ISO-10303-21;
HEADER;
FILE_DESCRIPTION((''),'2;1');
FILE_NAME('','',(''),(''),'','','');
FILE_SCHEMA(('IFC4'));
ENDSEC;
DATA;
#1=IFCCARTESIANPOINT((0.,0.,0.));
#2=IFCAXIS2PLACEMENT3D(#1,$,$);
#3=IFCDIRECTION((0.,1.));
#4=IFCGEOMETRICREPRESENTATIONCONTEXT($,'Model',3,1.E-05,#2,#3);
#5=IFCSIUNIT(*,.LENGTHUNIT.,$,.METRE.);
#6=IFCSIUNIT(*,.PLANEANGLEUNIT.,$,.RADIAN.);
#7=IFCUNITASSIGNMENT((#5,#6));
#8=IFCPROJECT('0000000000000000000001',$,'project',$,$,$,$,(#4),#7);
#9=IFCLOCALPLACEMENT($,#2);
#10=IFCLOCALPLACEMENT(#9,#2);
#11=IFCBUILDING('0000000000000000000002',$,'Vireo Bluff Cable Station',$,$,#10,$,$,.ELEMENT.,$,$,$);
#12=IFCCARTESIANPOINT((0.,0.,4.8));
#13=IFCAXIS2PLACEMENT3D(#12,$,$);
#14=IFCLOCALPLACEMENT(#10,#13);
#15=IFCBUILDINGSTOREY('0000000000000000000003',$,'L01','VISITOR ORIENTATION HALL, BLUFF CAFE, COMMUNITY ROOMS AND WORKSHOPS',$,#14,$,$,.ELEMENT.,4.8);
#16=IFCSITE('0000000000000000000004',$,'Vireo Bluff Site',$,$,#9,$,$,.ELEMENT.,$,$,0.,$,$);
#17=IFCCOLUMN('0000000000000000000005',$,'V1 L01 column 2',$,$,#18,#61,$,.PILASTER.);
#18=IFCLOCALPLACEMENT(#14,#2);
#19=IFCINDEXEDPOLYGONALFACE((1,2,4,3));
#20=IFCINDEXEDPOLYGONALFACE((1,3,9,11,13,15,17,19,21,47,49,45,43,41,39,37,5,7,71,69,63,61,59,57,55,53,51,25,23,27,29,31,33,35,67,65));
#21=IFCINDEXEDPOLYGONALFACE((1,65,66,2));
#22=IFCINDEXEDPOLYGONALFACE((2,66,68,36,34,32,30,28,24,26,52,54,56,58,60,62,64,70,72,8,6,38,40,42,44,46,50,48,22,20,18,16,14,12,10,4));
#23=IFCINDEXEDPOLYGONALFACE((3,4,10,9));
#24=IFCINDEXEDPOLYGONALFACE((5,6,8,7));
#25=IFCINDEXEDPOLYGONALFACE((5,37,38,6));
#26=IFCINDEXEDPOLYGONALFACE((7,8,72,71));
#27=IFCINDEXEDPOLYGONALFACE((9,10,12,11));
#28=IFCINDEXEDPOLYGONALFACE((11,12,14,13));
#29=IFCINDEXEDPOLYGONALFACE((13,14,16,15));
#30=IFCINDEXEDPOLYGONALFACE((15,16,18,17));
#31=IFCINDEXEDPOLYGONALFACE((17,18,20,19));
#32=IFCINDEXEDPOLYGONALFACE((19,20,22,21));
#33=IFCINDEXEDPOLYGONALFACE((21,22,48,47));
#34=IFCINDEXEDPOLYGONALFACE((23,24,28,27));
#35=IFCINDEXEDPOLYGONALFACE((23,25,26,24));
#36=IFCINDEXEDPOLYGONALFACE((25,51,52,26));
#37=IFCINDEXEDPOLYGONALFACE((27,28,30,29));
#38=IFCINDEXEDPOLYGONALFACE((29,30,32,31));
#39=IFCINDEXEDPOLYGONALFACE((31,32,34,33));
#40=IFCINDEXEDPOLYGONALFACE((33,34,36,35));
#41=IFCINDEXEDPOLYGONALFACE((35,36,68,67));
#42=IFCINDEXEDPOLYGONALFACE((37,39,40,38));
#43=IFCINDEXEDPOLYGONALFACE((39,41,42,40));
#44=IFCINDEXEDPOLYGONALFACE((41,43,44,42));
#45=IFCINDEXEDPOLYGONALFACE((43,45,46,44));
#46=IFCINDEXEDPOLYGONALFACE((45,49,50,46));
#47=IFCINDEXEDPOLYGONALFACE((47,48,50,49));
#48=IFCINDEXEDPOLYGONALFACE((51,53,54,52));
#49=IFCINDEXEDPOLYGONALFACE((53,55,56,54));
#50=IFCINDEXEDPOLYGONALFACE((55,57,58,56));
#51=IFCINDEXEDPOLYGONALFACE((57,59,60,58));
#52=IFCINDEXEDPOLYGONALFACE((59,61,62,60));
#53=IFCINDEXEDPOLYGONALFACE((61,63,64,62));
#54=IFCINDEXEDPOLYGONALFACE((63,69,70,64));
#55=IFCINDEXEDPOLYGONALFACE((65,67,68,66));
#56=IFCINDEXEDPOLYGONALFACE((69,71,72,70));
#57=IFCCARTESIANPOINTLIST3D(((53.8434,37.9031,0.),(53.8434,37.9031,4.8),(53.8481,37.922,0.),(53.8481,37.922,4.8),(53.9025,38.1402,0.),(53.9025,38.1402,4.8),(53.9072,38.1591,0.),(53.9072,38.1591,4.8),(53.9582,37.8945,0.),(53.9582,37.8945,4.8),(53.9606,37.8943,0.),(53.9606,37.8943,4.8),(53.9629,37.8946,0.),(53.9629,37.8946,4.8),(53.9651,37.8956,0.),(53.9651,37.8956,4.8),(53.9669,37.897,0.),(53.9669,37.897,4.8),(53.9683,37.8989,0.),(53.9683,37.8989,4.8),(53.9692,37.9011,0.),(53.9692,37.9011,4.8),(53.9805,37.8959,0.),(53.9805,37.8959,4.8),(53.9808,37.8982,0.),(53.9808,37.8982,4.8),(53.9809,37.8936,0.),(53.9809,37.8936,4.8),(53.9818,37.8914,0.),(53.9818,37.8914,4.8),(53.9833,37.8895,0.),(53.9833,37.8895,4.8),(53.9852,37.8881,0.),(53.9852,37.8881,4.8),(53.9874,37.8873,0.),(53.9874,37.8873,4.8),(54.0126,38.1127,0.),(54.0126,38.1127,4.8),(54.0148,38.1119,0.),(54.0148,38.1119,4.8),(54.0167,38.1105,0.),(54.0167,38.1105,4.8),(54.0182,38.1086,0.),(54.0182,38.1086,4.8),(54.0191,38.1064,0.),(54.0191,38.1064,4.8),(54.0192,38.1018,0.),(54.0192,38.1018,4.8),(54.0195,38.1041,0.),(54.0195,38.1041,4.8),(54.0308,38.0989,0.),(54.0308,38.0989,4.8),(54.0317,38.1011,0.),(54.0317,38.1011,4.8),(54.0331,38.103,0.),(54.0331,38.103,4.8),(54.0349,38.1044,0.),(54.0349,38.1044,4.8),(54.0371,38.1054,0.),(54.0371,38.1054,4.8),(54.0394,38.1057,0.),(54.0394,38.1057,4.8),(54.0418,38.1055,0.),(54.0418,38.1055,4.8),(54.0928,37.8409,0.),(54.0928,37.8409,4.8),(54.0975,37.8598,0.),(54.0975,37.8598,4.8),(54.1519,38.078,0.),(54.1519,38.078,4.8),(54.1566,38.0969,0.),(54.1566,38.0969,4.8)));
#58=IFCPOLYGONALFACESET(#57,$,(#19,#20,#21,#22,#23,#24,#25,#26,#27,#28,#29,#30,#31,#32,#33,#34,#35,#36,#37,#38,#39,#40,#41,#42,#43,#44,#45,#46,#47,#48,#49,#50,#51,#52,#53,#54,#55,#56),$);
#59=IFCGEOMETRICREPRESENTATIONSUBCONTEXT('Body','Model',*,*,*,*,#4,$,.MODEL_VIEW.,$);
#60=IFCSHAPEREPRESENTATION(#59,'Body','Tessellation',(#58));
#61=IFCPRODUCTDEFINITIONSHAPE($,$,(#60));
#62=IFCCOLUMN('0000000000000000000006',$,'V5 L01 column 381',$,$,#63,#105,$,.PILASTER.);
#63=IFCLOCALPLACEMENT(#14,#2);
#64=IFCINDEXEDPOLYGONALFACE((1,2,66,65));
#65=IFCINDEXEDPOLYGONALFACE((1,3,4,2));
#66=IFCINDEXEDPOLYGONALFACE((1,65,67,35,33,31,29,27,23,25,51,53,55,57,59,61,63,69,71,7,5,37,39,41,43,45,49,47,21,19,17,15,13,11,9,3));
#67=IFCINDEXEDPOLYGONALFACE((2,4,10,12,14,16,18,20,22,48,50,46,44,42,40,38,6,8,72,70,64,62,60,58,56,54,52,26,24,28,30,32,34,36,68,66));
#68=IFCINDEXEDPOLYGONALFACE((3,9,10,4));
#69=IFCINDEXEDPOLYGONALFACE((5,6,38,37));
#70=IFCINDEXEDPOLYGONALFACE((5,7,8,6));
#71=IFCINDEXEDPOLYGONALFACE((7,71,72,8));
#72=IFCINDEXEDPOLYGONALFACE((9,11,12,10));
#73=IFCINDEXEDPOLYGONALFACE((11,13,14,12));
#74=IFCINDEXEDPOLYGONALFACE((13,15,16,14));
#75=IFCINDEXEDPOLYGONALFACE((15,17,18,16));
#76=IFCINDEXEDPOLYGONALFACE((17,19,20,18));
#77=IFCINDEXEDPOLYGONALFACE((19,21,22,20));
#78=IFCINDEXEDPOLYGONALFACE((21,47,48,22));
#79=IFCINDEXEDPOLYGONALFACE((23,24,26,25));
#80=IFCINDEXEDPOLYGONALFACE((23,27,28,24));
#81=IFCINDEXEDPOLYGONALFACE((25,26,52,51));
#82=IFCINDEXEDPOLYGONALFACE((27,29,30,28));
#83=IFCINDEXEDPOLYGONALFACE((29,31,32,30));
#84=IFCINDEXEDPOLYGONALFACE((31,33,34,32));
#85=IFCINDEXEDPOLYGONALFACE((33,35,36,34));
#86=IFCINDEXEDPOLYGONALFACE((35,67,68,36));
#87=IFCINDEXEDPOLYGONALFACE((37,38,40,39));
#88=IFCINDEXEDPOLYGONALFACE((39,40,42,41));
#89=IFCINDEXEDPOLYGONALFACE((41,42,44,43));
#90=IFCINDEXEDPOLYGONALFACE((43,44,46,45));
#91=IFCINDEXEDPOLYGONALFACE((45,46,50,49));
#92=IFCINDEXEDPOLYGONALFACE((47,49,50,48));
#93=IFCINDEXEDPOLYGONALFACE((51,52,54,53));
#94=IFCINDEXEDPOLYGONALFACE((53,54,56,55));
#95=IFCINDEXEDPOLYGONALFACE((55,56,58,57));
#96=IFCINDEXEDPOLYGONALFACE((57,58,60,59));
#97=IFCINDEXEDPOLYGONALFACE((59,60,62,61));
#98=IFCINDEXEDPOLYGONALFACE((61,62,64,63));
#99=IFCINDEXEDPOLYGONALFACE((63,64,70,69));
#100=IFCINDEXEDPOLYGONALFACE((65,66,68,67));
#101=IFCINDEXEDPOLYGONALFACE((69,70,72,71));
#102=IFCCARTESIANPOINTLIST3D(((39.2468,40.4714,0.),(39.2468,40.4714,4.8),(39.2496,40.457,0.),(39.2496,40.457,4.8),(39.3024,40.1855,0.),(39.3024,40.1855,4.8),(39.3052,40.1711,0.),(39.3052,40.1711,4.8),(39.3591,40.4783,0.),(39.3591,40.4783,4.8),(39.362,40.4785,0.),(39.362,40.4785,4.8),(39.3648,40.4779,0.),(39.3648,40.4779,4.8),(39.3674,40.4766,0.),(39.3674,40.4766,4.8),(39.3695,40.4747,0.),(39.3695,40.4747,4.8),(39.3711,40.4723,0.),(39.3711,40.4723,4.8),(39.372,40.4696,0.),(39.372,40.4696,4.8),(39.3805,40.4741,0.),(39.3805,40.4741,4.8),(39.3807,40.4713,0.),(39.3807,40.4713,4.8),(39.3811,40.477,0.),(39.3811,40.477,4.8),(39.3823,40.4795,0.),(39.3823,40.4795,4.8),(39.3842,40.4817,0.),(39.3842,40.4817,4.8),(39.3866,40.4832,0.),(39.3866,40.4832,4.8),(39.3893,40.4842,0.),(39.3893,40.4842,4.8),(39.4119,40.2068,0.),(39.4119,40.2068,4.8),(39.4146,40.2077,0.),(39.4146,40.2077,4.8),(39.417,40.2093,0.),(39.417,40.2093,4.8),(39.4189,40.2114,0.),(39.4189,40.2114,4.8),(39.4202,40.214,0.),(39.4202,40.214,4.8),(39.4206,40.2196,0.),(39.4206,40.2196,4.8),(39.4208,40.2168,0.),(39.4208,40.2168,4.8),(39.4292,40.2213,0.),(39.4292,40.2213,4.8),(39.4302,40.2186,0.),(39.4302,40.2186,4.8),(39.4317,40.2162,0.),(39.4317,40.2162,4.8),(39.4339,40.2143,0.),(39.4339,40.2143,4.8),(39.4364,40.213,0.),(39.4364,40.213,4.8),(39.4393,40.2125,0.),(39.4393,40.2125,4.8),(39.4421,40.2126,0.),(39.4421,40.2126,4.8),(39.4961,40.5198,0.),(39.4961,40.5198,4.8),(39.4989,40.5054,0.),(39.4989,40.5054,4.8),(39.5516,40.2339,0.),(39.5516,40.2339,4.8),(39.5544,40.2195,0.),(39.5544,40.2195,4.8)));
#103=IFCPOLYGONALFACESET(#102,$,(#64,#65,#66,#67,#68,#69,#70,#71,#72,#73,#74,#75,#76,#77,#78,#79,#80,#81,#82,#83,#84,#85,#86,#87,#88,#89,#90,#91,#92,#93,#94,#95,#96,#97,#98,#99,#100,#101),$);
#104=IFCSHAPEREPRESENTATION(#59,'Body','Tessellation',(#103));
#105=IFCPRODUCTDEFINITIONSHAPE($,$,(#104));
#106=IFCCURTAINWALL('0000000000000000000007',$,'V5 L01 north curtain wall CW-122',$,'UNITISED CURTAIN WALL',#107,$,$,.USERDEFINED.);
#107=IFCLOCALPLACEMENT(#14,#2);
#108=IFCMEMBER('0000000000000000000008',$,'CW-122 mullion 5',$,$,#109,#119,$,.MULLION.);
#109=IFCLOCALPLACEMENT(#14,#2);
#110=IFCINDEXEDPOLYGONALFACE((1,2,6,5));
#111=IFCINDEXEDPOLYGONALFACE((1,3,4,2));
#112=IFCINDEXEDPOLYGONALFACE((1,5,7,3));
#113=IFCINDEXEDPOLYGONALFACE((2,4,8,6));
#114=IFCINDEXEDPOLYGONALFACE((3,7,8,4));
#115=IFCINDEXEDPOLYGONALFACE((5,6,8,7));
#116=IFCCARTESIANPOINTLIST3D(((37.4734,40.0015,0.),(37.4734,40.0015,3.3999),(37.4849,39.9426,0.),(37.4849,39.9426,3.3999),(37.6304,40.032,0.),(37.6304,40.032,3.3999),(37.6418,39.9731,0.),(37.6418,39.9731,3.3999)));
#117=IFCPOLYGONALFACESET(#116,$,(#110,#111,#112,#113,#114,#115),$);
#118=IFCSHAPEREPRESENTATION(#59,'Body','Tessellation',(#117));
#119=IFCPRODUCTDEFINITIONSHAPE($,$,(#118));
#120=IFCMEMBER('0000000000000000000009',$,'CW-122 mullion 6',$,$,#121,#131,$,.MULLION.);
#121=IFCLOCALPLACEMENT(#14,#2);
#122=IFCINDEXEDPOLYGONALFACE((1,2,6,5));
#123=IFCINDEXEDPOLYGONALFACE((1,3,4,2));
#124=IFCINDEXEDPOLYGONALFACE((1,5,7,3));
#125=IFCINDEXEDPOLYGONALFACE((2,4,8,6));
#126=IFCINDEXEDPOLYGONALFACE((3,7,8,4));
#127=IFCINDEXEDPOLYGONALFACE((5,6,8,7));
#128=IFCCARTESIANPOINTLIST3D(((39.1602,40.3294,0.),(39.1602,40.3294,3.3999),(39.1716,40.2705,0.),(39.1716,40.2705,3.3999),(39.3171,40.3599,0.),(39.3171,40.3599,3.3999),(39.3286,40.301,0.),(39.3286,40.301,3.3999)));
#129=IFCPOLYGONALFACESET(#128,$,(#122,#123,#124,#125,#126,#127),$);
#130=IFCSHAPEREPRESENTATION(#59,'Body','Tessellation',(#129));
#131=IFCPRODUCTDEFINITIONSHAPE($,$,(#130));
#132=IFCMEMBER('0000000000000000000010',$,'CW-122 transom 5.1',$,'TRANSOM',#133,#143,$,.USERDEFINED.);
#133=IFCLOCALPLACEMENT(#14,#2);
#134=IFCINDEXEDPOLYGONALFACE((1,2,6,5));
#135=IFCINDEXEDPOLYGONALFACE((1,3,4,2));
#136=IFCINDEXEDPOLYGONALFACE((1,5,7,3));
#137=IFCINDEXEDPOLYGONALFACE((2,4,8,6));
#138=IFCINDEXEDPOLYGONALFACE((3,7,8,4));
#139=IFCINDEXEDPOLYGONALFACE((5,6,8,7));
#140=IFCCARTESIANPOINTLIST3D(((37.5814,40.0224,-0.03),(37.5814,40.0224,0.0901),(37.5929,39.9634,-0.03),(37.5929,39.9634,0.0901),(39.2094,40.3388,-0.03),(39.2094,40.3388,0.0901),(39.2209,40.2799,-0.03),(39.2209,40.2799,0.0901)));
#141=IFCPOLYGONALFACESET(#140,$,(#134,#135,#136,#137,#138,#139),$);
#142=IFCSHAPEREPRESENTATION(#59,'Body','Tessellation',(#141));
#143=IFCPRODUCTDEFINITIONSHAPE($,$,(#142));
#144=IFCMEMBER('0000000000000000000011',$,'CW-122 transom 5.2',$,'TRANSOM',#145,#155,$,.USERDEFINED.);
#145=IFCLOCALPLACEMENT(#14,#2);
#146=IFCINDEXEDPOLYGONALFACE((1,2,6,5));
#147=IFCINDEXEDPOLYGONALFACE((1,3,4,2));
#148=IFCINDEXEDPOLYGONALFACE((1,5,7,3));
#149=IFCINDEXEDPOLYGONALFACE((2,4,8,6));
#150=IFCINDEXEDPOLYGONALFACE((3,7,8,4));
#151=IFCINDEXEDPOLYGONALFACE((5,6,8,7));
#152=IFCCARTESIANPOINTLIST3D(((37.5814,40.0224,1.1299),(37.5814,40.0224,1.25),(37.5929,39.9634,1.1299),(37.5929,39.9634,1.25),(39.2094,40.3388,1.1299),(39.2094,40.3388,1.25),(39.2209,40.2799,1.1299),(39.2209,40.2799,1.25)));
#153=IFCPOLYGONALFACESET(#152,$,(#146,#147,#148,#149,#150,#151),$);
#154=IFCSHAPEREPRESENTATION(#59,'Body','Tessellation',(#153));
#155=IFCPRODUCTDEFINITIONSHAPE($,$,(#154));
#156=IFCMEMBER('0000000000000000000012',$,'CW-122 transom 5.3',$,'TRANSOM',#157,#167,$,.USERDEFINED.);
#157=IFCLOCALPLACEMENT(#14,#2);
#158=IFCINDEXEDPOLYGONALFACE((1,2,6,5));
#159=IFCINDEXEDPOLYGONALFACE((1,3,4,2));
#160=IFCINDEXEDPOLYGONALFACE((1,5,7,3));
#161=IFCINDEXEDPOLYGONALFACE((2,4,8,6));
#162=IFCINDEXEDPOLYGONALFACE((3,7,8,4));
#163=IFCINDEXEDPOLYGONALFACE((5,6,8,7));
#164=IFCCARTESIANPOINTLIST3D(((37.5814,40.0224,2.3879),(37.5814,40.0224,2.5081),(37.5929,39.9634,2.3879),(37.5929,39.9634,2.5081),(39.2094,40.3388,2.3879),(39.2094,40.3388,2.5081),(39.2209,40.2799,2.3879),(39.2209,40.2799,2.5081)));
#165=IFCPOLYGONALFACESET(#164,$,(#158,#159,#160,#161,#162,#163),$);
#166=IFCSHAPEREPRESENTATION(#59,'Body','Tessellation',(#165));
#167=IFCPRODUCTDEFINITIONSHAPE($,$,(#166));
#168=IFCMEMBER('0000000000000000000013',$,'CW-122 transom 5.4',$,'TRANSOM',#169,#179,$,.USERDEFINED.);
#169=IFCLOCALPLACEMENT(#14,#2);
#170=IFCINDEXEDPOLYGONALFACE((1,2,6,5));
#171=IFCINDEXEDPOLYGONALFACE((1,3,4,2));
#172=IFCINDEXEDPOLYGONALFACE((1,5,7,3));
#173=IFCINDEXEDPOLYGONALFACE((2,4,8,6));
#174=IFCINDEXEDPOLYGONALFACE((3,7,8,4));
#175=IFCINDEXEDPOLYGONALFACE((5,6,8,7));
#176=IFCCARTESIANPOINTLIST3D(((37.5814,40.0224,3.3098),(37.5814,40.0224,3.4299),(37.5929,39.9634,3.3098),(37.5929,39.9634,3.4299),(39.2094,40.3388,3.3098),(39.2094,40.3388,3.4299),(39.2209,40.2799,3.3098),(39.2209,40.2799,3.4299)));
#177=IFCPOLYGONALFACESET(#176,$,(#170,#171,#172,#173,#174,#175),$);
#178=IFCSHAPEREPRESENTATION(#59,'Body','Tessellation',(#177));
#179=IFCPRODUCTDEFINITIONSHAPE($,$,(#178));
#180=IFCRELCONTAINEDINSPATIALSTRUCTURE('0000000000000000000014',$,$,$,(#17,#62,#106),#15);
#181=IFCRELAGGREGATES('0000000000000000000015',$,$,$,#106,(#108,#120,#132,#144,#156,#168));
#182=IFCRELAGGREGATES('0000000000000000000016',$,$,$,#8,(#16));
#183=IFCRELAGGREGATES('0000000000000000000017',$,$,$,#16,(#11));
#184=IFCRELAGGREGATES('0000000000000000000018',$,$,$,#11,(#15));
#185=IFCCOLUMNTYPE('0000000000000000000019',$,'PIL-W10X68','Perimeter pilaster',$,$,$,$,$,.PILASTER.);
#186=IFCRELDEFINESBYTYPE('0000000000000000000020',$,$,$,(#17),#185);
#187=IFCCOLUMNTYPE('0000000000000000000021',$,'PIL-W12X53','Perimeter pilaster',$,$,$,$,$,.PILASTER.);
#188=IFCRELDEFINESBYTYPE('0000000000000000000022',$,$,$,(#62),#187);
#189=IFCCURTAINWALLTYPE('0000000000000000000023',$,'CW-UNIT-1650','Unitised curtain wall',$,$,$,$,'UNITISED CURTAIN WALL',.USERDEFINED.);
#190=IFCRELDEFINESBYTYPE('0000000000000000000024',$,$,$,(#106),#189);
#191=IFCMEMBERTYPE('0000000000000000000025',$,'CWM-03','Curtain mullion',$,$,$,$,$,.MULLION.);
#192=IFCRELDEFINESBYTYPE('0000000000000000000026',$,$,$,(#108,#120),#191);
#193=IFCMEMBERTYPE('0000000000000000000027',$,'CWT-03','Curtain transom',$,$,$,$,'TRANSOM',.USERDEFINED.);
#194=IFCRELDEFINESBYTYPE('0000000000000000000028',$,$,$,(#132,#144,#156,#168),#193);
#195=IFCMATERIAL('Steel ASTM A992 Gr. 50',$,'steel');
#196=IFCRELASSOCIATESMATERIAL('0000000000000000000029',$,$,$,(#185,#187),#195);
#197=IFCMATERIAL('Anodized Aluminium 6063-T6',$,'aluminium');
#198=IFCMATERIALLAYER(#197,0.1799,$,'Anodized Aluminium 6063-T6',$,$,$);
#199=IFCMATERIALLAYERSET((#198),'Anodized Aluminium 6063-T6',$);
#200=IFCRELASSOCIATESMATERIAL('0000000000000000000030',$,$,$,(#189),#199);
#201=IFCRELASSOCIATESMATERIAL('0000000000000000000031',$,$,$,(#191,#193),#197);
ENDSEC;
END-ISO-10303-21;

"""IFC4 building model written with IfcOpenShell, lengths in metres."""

from ifc_helpers import new_model, si_unit, direction, frame, origin, origin_2d, place, context, subcontext, project, spatial, rectangle, i_section, extrude, material, layer, layer_set, material_profile, profile_set, type_object, element, aggregate, save


model = new_model("IFC4")

# Units and contexts
model_context = context("Model", 3, precision=1e-05, world=origin(), true_north=direction((0.0, 1.0)))
body_context = subcontext(model_context, "Body", "Model", "MODEL_VIEW")
ifc_project = project(units=[si_unit("LENGTHUNIT", "METRE"), si_unit("PLANEANGLEUNIT", "RADIAN")], contexts=[model_context])

# Site, building, storey
site_placement = place(None, origin())
site = spatial("IfcSite", under=ifc_project, at=site_placement, Name="Vireo Bluff Site", CompositionType="ELEMENT", RefElevation=0.0)
building_placement = place(site_placement, origin())
building = spatial("IfcBuilding", under=site, at=building_placement, Name="Vireo Bluff Cable Station", CompositionType="ELEMENT")
storey_placement = place(building_placement, frame((0.0, 0.0, 4.8)))
storey = spatial("IfcBuildingStorey", under=building, at=storey_placement, Name="L01", Description="VISITOR ORIENTATION HALL, BLUFF CAFE, COMMUNITY ROOMS AND WORKSHOPS", CompositionType="ELEMENT", Elevation=4.8)

# Columns
ifc_material_1 = material(Name="Steel ASTM A992 Gr. 50", Category="steel")
ifc_material_profile_1 = material_profile(ifc_material_1, i_section(OverallWidth=0.2571, OverallDepth=0.2639, WebThickness=0.012, FlangeThickness=0.0195, FilletRadius=0.009, at=origin_2d()), Name="W10X68")
ifc_profile_set_1 = profile_set([ifc_material_profile_1], Name="Steel ASTM A992 Gr. 50")
column_type_1 = type_object("IfcColumnType", Name="PIL-W10X68", Description="Perimeter pilaster", PredefinedType="PILASTER", material=ifc_profile_set_1)
column_1_placement = place(storey_placement, frame((54.0, 38.0, 0.0), z_axis=(0.0, 0.0, 1.0), x_axis=(0.970296, -0.241922, 0.0)))
element("IfcColumn", 1, at=column_1_placement, inside=storey, type_object=column_type_1, Name="V1 L01 column 2", PredefinedType="PILASTER", context=body_context, shape_type="SweptSolid", body=[
    extrude(i_section(OverallWidth=0.2571, OverallDepth=0.2639, WebThickness=0.012, FlangeThickness=0.0195, FilletRadius=0.009, at=origin_2d()), origin(), (0.0, 0.0, 1.0), 4.8),
])
ifc_material_profile_2 = material_profile(ifc_material_1, i_section(OverallWidth=0.2539, OverallDepth=0.3059, WebThickness=0.0088, FlangeThickness=0.0146, FilletRadius=0.011, at=origin_2d()), Name="W12X53")
ifc_profile_set_2 = profile_set([ifc_material_profile_2], Name="Steel ASTM A992 Gr. 50")
column_type_2 = type_object("IfcColumnType", Name="PIL-W12X53", Description="Perimeter pilaster", PredefinedType="PILASTER", material=ifc_profile_set_2)
column_2_placement = place(storey_placement, frame((39.4006, 40.3455, 0.0), z_axis=(0.0, 0.0, 1.0), x_axis=(0.981627, 0.190809, 0.0)))
element("IfcColumn", 2, at=column_2_placement, inside=storey, type_object=column_type_2, Name="V5 L01 column 381", PredefinedType="PILASTER", context=body_context, shape_type="SweptSolid", body=[
    extrude(i_section(OverallWidth=0.2539, OverallDepth=0.3059, WebThickness=0.0088, FlangeThickness=0.0146, FilletRadius=0.011, at=origin_2d()), origin(), (0.0, 0.0, 1.0), 4.8),
])

# Curtain wall, members
ifc_material_2 = material(Name="Anodized Aluminium 6063-T6", Category="aluminium")
ifc_layer_1 = layer(ifc_material_2, 0.1799, Name="Anodized Aluminium 6063-T6")
ifc_layer_set_1 = layer_set([ifc_layer_1], Name="Anodized Aluminium 6063-T6")
curtain_wall_type = type_object("IfcCurtainWallType", Name="CW-UNIT-1650", Description="Unitised curtain wall", ElementType="UNITISED CURTAIN WALL", PredefinedType="USERDEFINED", material=ifc_layer_set_1)
curtain_wall_placement = place(storey_placement, origin())
curtain_wall = element("IfcCurtainWall", 3, at=curtain_wall_placement, inside=storey, type_object=curtain_wall_type, Name="V5 L01 north curtain wall CW-122", ObjectType="UNITISED CURTAIN WALL", PredefinedType="USERDEFINED")
ifc_material_profile_3 = material_profile(ifc_material_2, rectangle(XDim=0.0601, YDim=0.1599, at=origin_2d()), Name="ALU-M-60X160")
ifc_profile_set_3 = profile_set([ifc_material_profile_3], Name="Anodized Aluminium 6063-T6")
member_type_1 = type_object("IfcMemberType", Name="CWM-03", Description="Curtain mullion", PredefinedType="MULLION", material=ifc_profile_set_3)
member_1_placement = place(storey_placement, frame((37.5576, 39.9873, 0.0), z_axis=(0.0, 0.0, 1.0), x_axis=(-0.190809, 0.981627, 0.0)))
member_1 = element("IfcMember", 4, at=member_1_placement, type_object=member_type_1, Name="CW-122 mullion 5", PredefinedType="MULLION", context=body_context, shape_type="SweptSolid", body=[
    extrude(rectangle(XDim=0.0601, YDim=0.1599, at=origin_2d()), origin(), (0.0, 0.0, 1.0), 3.3999),
])
member_2_placement = place(storey_placement, frame((39.2444, 40.3152, 0.0), z_axis=(0.0, 0.0, 1.0), x_axis=(-0.190809, 0.981627, 0.0)))
member_2 = element("IfcMember", 5, at=member_2_placement, type_object=member_type_1, Name="CW-122 mullion 6", PredefinedType="MULLION", context=body_context, shape_type="SweptSolid", body=[
    extrude(rectangle(XDim=0.0601, YDim=0.1599, at=origin_2d()), origin(), (0.0, 0.0, 1.0), 3.3999),
])
ifc_material_profile_4 = material_profile(ifc_material_2, rectangle(XDim=0.0601, YDim=0.1201, at=origin_2d()), Name="ALU-T-60X120")
ifc_profile_set_4 = profile_set([ifc_material_profile_4], Name="Anodized Aluminium 6063-T6")
member_type_2 = type_object("IfcMemberType", Name="CWT-03", Description="Curtain transom", ElementType="TRANSOM", PredefinedType="USERDEFINED", material=ifc_profile_set_4)
member_3_placement = place(storey_placement, frame((37.5872, 39.9929, 0.03), z_axis=(0.981631, 0.190791, 0.0), x_axis=(-0.190791, 0.981631, 0.0)))
member_3 = element("IfcMember", 6, at=member_3_placement, type_object=member_type_2, Name="CW-122 transom 5.1", ObjectType="TRANSOM", PredefinedType="USERDEFINED", context=body_context, shape_type="SweptSolid", body=[
    extrude(rectangle(XDim=0.0601, YDim=0.1201, at=origin_2d()), origin(), (0.0, 0.0, 1.0), 1.6584),
])
member_4_placement = place(storey_placement, frame((37.5872, 39.9929, 1.1899), z_axis=(0.981631, 0.190791, 0.0), x_axis=(-0.190791, 0.981631, 0.0)))
member_4 = element("IfcMember", 7, at=member_4_placement, type_object=member_type_2, Name="CW-122 transom 5.2", ObjectType="TRANSOM", PredefinedType="USERDEFINED", context=body_context, shape_type="SweptSolid", body=[
    extrude(rectangle(XDim=0.0601, YDim=0.1201, at=origin_2d()), origin(), (0.0, 0.0, 1.0), 1.6584),
])
member_5_placement = place(storey_placement, frame((37.5872, 39.9929, 2.448), z_axis=(0.981631, 0.190791, 0.0), x_axis=(-0.190791, 0.981631, 0.0)))
member_5 = element("IfcMember", 8, at=member_5_placement, type_object=member_type_2, Name="CW-122 transom 5.3", ObjectType="TRANSOM", PredefinedType="USERDEFINED", context=body_context, shape_type="SweptSolid", body=[
    extrude(rectangle(XDim=0.0601, YDim=0.1201, at=origin_2d()), origin(), (0.0, 0.0, 1.0), 1.6584),
])
member_6_placement = place(storey_placement, frame((37.5872, 39.9929, 3.3699), z_axis=(0.981631, 0.190791, 0.0), x_axis=(-0.190791, 0.981631, 0.0)))
member_6 = element("IfcMember", 9, at=member_6_placement, type_object=member_type_2, Name="CW-122 transom 5.4", ObjectType="TRANSOM", PredefinedType="USERDEFINED", context=body_context, shape_type="SweptSolid", body=[
    extrude(rectangle(XDim=0.0601, YDim=0.1201, at=origin_2d()), origin(), (0.0, 0.0, 1.0), 1.6584),
])

aggregate(curtain_wall, [member_1, member_2, member_3, member_4, member_5, member_6])

save(model, "model.ifc")
